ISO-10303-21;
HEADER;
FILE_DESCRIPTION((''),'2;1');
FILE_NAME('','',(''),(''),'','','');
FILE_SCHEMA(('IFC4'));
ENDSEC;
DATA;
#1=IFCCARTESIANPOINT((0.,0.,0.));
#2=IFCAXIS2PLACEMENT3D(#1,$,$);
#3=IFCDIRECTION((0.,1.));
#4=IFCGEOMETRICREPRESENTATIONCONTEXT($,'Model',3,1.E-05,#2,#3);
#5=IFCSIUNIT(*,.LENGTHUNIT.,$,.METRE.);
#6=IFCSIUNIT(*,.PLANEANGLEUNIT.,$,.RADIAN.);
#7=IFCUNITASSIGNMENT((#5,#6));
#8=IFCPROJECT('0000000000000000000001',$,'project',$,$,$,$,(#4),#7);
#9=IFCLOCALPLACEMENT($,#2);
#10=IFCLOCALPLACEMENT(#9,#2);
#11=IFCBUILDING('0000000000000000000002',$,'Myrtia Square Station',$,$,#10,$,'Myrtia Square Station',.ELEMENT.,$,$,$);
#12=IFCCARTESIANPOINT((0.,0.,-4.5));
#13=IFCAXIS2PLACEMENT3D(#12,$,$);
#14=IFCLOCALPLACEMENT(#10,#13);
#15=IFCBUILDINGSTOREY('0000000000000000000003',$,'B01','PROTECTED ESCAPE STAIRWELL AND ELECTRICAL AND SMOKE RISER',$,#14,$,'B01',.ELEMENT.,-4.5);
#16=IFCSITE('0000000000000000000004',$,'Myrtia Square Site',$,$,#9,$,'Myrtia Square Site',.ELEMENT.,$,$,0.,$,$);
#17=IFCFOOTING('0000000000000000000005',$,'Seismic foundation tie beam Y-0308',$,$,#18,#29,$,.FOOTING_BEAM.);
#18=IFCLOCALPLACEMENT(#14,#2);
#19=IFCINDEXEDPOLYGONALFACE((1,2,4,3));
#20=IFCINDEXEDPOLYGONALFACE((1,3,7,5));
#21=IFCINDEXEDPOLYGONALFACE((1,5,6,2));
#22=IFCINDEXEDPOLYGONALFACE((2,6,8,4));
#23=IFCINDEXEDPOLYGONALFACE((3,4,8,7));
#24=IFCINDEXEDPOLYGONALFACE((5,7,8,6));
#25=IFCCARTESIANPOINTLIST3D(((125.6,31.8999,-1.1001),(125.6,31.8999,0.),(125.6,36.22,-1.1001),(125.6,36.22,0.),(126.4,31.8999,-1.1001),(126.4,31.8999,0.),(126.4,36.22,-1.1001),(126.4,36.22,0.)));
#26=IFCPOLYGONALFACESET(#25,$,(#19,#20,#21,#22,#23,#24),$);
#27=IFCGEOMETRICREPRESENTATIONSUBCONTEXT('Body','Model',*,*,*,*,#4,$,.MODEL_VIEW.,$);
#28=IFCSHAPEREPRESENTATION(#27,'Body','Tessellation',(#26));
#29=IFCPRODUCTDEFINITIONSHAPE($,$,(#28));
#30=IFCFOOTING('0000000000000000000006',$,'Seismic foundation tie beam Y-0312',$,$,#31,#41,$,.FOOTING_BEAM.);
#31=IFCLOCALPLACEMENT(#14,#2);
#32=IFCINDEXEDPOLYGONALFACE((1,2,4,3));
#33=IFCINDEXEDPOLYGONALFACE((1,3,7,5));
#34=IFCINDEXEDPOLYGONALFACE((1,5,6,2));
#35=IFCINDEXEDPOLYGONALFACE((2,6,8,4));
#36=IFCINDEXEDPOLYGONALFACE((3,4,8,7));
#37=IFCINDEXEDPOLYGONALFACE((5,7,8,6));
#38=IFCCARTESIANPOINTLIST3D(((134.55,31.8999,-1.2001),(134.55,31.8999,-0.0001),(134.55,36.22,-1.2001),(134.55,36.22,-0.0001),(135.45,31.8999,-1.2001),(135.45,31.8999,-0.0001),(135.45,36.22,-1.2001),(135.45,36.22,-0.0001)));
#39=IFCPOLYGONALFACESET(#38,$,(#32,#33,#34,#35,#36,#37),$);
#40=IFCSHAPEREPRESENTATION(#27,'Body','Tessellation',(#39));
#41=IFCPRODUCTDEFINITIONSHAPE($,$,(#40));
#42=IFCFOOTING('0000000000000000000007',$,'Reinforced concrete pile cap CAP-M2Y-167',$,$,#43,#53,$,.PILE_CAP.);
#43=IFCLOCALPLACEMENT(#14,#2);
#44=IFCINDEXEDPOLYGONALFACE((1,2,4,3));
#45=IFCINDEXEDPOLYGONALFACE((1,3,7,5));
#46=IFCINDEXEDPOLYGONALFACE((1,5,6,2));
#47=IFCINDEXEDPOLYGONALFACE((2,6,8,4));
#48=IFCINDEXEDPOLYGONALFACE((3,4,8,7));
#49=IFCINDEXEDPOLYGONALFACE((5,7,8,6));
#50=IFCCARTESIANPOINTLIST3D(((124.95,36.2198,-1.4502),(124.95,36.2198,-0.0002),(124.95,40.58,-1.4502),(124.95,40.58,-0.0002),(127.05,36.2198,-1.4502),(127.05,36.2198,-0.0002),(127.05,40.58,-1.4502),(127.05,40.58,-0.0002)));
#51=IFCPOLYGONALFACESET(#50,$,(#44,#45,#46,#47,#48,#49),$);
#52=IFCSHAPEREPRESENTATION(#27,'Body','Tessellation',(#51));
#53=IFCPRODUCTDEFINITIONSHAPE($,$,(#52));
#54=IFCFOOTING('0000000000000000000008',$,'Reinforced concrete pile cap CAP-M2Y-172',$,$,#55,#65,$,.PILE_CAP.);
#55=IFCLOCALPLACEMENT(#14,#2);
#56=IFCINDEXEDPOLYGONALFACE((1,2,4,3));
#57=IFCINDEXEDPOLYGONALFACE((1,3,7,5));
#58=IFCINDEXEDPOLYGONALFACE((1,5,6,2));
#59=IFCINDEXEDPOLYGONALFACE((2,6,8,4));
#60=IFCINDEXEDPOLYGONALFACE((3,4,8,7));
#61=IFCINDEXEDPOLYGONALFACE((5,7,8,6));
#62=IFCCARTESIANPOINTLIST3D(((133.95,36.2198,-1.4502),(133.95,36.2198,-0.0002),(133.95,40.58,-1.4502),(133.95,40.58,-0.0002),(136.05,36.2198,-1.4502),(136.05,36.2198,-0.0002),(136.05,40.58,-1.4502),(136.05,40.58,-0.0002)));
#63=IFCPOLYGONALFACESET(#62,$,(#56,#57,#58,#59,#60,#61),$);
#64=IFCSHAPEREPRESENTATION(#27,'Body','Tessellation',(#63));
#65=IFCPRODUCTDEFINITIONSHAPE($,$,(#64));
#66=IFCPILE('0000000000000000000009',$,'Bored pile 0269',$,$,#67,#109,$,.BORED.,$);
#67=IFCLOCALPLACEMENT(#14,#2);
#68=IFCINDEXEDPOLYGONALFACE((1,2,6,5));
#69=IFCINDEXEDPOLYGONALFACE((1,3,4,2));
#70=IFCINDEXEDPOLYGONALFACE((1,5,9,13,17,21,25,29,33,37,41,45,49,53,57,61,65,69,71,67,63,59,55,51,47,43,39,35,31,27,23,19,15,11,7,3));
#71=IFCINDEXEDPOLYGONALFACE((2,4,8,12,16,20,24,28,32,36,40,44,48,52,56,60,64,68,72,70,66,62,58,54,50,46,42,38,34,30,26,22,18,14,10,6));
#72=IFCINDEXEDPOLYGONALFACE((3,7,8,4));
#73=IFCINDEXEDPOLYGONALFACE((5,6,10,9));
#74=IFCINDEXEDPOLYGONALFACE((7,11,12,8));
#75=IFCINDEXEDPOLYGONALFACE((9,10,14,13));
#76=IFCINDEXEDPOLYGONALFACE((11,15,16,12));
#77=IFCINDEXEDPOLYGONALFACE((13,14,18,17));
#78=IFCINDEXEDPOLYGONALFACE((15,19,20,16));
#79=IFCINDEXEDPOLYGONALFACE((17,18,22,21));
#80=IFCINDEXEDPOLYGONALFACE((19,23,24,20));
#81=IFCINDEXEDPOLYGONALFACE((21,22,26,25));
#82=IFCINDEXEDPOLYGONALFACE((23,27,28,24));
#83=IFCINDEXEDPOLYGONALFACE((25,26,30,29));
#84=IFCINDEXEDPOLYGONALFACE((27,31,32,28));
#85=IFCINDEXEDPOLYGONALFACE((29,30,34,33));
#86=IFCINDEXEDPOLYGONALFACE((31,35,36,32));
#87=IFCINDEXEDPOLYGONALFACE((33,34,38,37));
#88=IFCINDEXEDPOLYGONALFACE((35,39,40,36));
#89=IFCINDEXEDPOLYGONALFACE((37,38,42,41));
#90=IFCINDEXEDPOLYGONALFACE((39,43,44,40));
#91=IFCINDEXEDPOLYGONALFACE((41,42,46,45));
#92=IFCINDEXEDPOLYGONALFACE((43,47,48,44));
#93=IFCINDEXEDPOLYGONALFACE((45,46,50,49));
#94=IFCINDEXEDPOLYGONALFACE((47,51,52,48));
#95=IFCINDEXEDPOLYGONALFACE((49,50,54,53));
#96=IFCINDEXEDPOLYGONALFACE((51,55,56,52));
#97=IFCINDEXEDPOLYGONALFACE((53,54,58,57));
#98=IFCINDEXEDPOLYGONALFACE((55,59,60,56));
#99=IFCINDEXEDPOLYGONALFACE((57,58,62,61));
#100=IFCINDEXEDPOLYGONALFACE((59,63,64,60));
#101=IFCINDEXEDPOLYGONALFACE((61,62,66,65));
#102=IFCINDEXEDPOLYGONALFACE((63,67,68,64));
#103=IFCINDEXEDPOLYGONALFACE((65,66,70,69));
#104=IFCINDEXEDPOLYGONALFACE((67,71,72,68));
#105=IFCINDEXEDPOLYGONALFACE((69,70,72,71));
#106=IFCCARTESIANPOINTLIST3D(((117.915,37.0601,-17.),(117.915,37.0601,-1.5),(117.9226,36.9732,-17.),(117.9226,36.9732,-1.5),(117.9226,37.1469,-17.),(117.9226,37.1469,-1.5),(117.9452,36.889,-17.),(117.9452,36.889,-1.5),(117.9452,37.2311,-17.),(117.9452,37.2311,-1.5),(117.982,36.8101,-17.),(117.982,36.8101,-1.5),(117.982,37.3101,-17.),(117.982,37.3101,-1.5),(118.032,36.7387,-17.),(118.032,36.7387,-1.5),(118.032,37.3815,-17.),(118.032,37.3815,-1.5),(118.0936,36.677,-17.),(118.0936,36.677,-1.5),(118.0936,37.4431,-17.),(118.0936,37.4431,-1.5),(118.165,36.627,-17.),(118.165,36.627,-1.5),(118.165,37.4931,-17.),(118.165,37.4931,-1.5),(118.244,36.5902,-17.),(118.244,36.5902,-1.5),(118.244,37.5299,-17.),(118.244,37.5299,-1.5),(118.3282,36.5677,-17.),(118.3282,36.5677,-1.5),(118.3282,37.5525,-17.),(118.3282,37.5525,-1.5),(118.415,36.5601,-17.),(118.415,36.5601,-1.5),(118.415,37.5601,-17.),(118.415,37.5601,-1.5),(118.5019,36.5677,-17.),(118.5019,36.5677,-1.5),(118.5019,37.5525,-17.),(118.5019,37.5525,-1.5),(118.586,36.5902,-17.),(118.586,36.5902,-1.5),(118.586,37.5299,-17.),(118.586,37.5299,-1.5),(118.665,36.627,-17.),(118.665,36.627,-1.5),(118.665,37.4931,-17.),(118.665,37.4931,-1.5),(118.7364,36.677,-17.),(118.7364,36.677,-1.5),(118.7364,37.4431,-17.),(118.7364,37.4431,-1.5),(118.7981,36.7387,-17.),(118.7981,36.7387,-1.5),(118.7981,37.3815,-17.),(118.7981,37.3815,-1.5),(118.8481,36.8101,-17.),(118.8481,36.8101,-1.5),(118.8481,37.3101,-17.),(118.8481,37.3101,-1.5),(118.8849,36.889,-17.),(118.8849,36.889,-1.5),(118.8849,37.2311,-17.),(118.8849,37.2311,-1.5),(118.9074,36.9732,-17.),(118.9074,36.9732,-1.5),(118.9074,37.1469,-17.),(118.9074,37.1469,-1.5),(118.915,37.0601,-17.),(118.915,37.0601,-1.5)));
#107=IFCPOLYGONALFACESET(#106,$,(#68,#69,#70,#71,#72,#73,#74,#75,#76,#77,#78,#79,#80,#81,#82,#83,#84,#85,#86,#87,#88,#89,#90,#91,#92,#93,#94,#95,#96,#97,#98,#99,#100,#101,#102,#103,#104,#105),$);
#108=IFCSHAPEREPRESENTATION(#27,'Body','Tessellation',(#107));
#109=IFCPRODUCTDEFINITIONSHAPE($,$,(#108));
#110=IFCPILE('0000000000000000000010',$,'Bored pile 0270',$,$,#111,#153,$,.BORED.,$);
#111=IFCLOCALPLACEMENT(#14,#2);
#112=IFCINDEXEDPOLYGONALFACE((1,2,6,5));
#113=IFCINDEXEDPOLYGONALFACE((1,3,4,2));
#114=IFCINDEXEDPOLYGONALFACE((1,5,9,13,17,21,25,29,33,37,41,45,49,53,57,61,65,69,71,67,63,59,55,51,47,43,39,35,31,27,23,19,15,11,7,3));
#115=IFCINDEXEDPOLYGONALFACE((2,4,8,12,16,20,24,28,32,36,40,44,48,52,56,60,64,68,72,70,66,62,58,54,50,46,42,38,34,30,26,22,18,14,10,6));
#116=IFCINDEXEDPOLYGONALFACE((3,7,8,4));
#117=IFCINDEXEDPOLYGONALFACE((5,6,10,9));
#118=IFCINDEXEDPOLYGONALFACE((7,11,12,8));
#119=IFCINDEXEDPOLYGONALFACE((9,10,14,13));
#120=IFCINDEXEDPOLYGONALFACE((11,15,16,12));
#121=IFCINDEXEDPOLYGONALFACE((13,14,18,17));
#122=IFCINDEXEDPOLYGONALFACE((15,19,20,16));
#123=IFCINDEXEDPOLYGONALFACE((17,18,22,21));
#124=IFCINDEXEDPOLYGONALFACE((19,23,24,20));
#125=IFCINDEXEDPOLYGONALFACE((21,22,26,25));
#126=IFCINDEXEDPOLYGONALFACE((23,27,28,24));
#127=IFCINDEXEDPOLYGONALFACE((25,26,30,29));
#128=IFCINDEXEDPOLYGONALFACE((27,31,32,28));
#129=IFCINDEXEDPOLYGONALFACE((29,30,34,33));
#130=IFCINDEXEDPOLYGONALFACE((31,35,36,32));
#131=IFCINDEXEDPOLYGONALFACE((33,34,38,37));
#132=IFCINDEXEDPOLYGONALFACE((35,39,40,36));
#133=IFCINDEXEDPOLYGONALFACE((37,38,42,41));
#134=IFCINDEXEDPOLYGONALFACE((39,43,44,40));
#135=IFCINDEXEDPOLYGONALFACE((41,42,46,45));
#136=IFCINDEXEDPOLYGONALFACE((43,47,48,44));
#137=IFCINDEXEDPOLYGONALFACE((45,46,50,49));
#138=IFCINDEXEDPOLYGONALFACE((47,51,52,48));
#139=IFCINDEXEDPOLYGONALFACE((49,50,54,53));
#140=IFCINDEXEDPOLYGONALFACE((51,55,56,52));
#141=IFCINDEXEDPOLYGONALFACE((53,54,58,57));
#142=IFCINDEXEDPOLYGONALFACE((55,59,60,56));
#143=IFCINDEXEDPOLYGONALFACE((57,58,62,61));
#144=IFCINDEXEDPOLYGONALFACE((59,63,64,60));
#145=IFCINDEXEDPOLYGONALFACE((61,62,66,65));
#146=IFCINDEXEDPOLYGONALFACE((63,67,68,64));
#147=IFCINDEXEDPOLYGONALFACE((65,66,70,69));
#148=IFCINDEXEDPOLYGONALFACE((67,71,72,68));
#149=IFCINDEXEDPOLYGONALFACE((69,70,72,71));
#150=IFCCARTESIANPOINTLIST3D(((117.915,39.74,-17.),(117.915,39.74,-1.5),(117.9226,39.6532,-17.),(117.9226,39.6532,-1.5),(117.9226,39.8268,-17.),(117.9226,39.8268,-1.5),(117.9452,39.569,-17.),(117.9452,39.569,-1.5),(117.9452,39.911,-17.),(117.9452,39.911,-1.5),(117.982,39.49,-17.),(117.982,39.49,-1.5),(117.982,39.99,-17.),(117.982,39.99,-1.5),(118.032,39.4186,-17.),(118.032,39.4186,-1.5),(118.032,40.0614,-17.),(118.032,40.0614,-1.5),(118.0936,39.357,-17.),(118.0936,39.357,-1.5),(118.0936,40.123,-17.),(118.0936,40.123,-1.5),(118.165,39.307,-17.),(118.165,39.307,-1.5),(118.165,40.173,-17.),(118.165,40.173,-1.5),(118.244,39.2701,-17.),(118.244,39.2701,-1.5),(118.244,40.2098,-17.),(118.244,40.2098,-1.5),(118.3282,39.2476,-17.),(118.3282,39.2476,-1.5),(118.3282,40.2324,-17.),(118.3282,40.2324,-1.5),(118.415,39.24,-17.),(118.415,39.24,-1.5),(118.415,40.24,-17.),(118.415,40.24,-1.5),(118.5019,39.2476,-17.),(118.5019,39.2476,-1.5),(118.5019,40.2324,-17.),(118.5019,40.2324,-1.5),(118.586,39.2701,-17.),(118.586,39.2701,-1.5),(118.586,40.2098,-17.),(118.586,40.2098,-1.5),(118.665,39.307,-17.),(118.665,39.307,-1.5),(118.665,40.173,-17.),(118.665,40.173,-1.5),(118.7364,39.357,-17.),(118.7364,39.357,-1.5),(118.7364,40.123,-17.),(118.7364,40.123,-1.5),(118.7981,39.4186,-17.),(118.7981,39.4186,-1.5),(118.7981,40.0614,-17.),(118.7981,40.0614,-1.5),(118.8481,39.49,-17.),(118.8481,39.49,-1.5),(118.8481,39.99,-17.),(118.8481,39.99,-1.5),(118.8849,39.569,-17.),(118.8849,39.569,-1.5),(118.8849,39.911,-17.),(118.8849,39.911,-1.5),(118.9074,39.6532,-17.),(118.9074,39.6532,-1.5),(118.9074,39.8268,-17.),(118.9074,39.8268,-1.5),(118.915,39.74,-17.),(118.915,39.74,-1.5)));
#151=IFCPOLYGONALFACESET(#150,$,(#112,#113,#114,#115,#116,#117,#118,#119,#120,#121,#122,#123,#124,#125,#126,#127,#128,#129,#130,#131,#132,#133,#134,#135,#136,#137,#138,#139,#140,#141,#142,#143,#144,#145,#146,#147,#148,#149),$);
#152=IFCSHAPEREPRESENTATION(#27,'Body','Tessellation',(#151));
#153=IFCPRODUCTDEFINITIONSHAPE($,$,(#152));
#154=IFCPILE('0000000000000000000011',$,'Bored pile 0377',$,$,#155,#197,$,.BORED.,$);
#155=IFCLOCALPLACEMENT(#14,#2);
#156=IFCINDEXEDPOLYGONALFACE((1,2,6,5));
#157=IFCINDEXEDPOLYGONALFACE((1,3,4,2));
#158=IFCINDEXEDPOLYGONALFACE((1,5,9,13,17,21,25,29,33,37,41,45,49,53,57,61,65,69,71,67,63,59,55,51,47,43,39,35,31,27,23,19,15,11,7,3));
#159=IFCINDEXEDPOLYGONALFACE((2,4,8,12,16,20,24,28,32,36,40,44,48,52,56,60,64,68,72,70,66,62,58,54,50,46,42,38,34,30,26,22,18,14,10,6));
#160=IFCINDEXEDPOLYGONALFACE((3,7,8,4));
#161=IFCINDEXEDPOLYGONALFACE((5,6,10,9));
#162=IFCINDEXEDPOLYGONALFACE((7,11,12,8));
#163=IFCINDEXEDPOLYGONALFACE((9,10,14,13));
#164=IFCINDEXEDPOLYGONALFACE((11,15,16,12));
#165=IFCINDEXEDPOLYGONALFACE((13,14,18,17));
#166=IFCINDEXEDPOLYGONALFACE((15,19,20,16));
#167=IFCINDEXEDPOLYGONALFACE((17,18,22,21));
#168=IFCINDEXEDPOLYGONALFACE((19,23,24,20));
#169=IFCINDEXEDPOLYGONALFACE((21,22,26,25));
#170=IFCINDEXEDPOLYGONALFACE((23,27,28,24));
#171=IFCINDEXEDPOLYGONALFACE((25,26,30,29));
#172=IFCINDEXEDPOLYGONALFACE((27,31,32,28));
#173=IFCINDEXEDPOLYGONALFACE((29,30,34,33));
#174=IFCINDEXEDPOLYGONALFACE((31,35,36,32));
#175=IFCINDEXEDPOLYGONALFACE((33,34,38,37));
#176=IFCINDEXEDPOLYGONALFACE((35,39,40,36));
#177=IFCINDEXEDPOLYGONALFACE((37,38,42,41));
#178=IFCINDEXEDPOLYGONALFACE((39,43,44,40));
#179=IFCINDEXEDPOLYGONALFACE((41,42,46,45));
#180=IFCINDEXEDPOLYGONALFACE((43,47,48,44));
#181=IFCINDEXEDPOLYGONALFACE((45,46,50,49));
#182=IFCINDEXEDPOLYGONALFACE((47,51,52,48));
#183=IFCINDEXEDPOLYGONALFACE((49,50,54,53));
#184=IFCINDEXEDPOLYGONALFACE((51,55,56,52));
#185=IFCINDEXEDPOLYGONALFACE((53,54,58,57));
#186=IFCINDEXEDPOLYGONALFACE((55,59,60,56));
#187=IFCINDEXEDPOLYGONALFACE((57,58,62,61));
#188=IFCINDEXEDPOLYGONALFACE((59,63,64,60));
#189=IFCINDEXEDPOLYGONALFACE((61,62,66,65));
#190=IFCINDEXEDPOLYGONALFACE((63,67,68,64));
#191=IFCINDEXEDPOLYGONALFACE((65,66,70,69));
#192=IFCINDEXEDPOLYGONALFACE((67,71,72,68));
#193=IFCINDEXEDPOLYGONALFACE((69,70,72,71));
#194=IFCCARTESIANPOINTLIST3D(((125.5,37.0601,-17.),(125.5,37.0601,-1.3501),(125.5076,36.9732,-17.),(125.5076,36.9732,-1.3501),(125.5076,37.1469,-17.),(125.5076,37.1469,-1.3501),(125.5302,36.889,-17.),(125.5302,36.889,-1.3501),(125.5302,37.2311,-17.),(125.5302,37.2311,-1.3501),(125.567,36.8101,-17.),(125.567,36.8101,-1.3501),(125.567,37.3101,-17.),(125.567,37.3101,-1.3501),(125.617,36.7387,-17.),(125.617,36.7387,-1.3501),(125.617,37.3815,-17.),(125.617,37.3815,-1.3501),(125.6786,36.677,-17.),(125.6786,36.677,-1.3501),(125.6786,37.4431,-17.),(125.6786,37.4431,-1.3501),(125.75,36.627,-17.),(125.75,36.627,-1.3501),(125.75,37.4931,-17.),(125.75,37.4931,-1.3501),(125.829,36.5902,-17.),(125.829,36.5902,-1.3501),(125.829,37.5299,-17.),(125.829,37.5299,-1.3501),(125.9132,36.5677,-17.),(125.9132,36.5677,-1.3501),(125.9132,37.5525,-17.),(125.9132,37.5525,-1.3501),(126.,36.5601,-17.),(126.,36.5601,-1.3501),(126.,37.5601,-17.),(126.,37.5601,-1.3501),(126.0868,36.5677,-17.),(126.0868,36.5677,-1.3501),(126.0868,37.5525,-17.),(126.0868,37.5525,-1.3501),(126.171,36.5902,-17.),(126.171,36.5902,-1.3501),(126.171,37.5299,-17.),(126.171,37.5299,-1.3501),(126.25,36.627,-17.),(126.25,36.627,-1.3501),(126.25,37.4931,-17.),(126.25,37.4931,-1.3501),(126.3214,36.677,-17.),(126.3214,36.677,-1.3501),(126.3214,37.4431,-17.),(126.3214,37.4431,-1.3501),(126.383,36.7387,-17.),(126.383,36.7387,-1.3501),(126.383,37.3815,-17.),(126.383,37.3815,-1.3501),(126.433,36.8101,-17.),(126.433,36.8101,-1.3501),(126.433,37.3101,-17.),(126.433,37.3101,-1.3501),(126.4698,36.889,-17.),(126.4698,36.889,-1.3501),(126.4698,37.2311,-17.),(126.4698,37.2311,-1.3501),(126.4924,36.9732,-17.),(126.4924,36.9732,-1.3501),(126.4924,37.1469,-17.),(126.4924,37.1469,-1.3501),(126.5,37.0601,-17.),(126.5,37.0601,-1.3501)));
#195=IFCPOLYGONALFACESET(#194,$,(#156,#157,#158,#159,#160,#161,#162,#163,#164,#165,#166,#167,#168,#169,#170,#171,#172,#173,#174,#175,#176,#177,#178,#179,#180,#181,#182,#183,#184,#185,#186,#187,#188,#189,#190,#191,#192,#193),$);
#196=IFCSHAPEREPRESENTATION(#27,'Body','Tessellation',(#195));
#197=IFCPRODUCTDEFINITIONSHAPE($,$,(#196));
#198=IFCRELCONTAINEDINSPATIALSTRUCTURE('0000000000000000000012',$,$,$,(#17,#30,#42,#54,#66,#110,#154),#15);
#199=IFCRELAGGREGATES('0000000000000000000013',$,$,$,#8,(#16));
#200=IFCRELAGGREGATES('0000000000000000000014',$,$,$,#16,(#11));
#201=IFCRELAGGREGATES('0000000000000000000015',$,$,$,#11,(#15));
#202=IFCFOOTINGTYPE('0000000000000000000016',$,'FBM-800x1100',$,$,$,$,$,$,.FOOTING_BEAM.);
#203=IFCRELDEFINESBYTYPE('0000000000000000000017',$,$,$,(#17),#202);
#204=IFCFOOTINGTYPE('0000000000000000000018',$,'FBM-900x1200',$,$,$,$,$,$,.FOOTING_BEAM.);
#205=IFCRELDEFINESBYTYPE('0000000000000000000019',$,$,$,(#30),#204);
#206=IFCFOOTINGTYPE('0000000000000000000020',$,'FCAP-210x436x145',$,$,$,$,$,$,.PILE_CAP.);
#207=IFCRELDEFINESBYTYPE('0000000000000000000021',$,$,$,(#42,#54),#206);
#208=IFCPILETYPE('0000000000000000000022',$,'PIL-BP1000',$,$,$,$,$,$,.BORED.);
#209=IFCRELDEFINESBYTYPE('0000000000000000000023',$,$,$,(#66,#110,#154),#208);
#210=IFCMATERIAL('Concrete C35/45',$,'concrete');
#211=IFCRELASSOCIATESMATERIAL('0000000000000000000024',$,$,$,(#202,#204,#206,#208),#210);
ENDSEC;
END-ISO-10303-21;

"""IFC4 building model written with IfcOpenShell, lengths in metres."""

from ifc_helpers import new_model, si_unit, direction, frame, origin, origin_2d, place, context, subcontext, project, spatial, rectangle, circle, extrude, material, material_profile, profile_set, type_object, element, save


model = new_model("IFC4")

# Units and contexts
model_context = context("Model", 3, precision=1e-05, world=origin(), true_north=direction((0.0, 1.0)))
body_context = subcontext(model_context, "Body", "Model", "MODEL_VIEW")
ifc_project = project(units=[si_unit("LENGTHUNIT", "METRE"), si_unit("PLANEANGLEUNIT", "RADIAN")], contexts=[model_context])

# Site, building, storey
site_placement = place(None, origin())
site = spatial("IfcSite", under=ifc_project, at=site_placement, Name="Myrtia Square Site", LongName="Myrtia Square Site", CompositionType="ELEMENT", RefElevation=0.0)
building_placement = place(site_placement, origin())
building = spatial("IfcBuilding", under=site, at=building_placement, Name="Myrtia Square Station", LongName="Myrtia Square Station", CompositionType="ELEMENT")
storey_placement = place(building_placement, frame((0.0, 0.0, -4.5)))
storey = spatial("IfcBuildingStorey", under=building, at=storey_placement, Name="B01", Description="PROTECTED ESCAPE STAIRWELL AND ELECTRICAL AND SMOKE RISER", LongName="B01", CompositionType="ELEMENT", Elevation=-4.5)

# Footings
ifc_material_1 = material(Name="Concrete C35/45", Category="concrete")
ifc_material_profile_1 = material_profile(ifc_material_1, rectangle(XDim=0.8, YDim=1.1001, at=origin_2d()), Name="FB 800x1100")
ifc_profile_set_1 = profile_set([ifc_material_profile_1], Name="Concrete C35/45")
footing_type_1 = type_object("IfcFootingType", Name="FBM-800x1100", PredefinedType="FOOTING_BEAM", material=ifc_profile_set_1)
footing_1_placement = place(storey_placement, frame((126.0, 31.8999, -0.55), z_axis=(0.0, 1.0, 0.0), x_axis=(-1.0, 0.0, 0.0)))
element("IfcFooting", 1, at=footing_1_placement, inside=storey, type_object=footing_type_1, Name="Seismic foundation tie beam Y-0308", PredefinedType="FOOTING_BEAM", context=body_context, shape_type="SweptSolid", body=[
    extrude(rectangle(XDim=0.8, YDim=1.1001, at=origin_2d()), origin(), (0.0, 0.0, 1.0), 4.3201),
])
ifc_material_profile_2 = material_profile(ifc_material_1, rectangle(XDim=0.8999, YDim=1.2, at=origin_2d()), Name="FB 900x1200")
ifc_profile_set_2 = profile_set([ifc_material_profile_2], Name="Concrete C35/45")
footing_type_2 = type_object("IfcFootingType", Name="FBM-900x1200", PredefinedType="FOOTING_BEAM", material=ifc_profile_set_2)
footing_2_placement = place(storey_placement, frame((135.0, 31.8999, -0.6001), z_axis=(0.0, 1.0, 0.0), x_axis=(-1.0, 0.0, 0.0)))
element("IfcFooting", 2, at=footing_2_placement, inside=storey, type_object=footing_type_2, Name="Seismic foundation tie beam Y-0312", PredefinedType="FOOTING_BEAM", context=body_context, shape_type="SweptSolid", body=[
    extrude(rectangle(XDim=0.8999, YDim=1.2, at=origin_2d()), origin(), (0.0, 0.0, 1.0), 4.3201),
])
footing_type_3 = type_object("IfcFootingType", Name="FCAP-210x436x145", PredefinedType="PILE_CAP", material=ifc_material_1)
for number, where, z_axis, x_axis, name in (
    (3, (126.0, 38.3999, -1.4502), (0.0, 0.0, 1.0), (1.0, 0.0, 0.0), "Reinforced concrete pile cap CAP-M2Y-167"),
    (4, (135.0, 38.3999, -1.4502), (0.0, 0.0, 1.0), (1.0, 0.0, 0.0), "Reinforced concrete pile cap CAP-M2Y-172"),
):
    element("IfcFooting", number, at=place(storey_placement, frame(where, z_axis=z_axis, x_axis=x_axis)), inside=storey, type_object=footing_type_3, Name=name, PredefinedType="PILE_CAP", context=body_context, shape_type="SweptSolid", body=[
        extrude(rectangle(XDim=2.1001, YDim=4.3601, at=origin_2d()), origin(), (0.0, 0.0, 1.0), 1.45),
    ])

# Piles
ifc_material_profile_3 = material_profile(ifc_material_1, circle(Radius=0.5, at=origin_2d()), Name="BP D1000")
ifc_profile_set_3 = profile_set([ifc_material_profile_3], Name="Concrete C35/45")
pile_type = type_object("IfcPileType", Name="PIL-BP1000", PredefinedType="BORED", material=ifc_profile_set_3)
for number, where, z_axis, x_axis, name in (
    (5, (118.415, 37.0601, -1.5), (0.0, 0.0, -1.0), (1.0, 0.0, 0.0), "Bored pile 0269"),
    (6, (118.415, 39.74, -1.5), (0.0, 0.0, -1.0), (1.0, 0.0, 0.0), "Bored pile 0270"),
):
    element("IfcPile", number, at=place(storey_placement, frame(where, z_axis=z_axis, x_axis=x_axis)), inside=storey, type_object=pile_type, Name=name, PredefinedType="BORED", context=body_context, shape_type="SweptSolid", body=[
        extrude(circle(Radius=0.5, at=origin_2d()), origin(), (0.0, 0.0, 1.0), 15.5),
    ])
for number, where, z_axis, x_axis, name in (
    (7, (126.0, 37.0601, -1.3501), (0.0, 0.0, -1.0), (1.0, 0.0, 0.0), "Bored pile 0377"),
):
    element("IfcPile", number, at=place(storey_placement, frame(where, z_axis=z_axis, x_axis=x_axis)), inside=storey, type_object=pile_type, Name=name, PredefinedType="BORED", context=body_context, shape_type="SweptSolid", body=[
        extrude(circle(Radius=0.5, at=origin_2d()), origin(), (0.0, 0.0, 1.0), 15.6499),
    ])

save(model, "model.ifc")
